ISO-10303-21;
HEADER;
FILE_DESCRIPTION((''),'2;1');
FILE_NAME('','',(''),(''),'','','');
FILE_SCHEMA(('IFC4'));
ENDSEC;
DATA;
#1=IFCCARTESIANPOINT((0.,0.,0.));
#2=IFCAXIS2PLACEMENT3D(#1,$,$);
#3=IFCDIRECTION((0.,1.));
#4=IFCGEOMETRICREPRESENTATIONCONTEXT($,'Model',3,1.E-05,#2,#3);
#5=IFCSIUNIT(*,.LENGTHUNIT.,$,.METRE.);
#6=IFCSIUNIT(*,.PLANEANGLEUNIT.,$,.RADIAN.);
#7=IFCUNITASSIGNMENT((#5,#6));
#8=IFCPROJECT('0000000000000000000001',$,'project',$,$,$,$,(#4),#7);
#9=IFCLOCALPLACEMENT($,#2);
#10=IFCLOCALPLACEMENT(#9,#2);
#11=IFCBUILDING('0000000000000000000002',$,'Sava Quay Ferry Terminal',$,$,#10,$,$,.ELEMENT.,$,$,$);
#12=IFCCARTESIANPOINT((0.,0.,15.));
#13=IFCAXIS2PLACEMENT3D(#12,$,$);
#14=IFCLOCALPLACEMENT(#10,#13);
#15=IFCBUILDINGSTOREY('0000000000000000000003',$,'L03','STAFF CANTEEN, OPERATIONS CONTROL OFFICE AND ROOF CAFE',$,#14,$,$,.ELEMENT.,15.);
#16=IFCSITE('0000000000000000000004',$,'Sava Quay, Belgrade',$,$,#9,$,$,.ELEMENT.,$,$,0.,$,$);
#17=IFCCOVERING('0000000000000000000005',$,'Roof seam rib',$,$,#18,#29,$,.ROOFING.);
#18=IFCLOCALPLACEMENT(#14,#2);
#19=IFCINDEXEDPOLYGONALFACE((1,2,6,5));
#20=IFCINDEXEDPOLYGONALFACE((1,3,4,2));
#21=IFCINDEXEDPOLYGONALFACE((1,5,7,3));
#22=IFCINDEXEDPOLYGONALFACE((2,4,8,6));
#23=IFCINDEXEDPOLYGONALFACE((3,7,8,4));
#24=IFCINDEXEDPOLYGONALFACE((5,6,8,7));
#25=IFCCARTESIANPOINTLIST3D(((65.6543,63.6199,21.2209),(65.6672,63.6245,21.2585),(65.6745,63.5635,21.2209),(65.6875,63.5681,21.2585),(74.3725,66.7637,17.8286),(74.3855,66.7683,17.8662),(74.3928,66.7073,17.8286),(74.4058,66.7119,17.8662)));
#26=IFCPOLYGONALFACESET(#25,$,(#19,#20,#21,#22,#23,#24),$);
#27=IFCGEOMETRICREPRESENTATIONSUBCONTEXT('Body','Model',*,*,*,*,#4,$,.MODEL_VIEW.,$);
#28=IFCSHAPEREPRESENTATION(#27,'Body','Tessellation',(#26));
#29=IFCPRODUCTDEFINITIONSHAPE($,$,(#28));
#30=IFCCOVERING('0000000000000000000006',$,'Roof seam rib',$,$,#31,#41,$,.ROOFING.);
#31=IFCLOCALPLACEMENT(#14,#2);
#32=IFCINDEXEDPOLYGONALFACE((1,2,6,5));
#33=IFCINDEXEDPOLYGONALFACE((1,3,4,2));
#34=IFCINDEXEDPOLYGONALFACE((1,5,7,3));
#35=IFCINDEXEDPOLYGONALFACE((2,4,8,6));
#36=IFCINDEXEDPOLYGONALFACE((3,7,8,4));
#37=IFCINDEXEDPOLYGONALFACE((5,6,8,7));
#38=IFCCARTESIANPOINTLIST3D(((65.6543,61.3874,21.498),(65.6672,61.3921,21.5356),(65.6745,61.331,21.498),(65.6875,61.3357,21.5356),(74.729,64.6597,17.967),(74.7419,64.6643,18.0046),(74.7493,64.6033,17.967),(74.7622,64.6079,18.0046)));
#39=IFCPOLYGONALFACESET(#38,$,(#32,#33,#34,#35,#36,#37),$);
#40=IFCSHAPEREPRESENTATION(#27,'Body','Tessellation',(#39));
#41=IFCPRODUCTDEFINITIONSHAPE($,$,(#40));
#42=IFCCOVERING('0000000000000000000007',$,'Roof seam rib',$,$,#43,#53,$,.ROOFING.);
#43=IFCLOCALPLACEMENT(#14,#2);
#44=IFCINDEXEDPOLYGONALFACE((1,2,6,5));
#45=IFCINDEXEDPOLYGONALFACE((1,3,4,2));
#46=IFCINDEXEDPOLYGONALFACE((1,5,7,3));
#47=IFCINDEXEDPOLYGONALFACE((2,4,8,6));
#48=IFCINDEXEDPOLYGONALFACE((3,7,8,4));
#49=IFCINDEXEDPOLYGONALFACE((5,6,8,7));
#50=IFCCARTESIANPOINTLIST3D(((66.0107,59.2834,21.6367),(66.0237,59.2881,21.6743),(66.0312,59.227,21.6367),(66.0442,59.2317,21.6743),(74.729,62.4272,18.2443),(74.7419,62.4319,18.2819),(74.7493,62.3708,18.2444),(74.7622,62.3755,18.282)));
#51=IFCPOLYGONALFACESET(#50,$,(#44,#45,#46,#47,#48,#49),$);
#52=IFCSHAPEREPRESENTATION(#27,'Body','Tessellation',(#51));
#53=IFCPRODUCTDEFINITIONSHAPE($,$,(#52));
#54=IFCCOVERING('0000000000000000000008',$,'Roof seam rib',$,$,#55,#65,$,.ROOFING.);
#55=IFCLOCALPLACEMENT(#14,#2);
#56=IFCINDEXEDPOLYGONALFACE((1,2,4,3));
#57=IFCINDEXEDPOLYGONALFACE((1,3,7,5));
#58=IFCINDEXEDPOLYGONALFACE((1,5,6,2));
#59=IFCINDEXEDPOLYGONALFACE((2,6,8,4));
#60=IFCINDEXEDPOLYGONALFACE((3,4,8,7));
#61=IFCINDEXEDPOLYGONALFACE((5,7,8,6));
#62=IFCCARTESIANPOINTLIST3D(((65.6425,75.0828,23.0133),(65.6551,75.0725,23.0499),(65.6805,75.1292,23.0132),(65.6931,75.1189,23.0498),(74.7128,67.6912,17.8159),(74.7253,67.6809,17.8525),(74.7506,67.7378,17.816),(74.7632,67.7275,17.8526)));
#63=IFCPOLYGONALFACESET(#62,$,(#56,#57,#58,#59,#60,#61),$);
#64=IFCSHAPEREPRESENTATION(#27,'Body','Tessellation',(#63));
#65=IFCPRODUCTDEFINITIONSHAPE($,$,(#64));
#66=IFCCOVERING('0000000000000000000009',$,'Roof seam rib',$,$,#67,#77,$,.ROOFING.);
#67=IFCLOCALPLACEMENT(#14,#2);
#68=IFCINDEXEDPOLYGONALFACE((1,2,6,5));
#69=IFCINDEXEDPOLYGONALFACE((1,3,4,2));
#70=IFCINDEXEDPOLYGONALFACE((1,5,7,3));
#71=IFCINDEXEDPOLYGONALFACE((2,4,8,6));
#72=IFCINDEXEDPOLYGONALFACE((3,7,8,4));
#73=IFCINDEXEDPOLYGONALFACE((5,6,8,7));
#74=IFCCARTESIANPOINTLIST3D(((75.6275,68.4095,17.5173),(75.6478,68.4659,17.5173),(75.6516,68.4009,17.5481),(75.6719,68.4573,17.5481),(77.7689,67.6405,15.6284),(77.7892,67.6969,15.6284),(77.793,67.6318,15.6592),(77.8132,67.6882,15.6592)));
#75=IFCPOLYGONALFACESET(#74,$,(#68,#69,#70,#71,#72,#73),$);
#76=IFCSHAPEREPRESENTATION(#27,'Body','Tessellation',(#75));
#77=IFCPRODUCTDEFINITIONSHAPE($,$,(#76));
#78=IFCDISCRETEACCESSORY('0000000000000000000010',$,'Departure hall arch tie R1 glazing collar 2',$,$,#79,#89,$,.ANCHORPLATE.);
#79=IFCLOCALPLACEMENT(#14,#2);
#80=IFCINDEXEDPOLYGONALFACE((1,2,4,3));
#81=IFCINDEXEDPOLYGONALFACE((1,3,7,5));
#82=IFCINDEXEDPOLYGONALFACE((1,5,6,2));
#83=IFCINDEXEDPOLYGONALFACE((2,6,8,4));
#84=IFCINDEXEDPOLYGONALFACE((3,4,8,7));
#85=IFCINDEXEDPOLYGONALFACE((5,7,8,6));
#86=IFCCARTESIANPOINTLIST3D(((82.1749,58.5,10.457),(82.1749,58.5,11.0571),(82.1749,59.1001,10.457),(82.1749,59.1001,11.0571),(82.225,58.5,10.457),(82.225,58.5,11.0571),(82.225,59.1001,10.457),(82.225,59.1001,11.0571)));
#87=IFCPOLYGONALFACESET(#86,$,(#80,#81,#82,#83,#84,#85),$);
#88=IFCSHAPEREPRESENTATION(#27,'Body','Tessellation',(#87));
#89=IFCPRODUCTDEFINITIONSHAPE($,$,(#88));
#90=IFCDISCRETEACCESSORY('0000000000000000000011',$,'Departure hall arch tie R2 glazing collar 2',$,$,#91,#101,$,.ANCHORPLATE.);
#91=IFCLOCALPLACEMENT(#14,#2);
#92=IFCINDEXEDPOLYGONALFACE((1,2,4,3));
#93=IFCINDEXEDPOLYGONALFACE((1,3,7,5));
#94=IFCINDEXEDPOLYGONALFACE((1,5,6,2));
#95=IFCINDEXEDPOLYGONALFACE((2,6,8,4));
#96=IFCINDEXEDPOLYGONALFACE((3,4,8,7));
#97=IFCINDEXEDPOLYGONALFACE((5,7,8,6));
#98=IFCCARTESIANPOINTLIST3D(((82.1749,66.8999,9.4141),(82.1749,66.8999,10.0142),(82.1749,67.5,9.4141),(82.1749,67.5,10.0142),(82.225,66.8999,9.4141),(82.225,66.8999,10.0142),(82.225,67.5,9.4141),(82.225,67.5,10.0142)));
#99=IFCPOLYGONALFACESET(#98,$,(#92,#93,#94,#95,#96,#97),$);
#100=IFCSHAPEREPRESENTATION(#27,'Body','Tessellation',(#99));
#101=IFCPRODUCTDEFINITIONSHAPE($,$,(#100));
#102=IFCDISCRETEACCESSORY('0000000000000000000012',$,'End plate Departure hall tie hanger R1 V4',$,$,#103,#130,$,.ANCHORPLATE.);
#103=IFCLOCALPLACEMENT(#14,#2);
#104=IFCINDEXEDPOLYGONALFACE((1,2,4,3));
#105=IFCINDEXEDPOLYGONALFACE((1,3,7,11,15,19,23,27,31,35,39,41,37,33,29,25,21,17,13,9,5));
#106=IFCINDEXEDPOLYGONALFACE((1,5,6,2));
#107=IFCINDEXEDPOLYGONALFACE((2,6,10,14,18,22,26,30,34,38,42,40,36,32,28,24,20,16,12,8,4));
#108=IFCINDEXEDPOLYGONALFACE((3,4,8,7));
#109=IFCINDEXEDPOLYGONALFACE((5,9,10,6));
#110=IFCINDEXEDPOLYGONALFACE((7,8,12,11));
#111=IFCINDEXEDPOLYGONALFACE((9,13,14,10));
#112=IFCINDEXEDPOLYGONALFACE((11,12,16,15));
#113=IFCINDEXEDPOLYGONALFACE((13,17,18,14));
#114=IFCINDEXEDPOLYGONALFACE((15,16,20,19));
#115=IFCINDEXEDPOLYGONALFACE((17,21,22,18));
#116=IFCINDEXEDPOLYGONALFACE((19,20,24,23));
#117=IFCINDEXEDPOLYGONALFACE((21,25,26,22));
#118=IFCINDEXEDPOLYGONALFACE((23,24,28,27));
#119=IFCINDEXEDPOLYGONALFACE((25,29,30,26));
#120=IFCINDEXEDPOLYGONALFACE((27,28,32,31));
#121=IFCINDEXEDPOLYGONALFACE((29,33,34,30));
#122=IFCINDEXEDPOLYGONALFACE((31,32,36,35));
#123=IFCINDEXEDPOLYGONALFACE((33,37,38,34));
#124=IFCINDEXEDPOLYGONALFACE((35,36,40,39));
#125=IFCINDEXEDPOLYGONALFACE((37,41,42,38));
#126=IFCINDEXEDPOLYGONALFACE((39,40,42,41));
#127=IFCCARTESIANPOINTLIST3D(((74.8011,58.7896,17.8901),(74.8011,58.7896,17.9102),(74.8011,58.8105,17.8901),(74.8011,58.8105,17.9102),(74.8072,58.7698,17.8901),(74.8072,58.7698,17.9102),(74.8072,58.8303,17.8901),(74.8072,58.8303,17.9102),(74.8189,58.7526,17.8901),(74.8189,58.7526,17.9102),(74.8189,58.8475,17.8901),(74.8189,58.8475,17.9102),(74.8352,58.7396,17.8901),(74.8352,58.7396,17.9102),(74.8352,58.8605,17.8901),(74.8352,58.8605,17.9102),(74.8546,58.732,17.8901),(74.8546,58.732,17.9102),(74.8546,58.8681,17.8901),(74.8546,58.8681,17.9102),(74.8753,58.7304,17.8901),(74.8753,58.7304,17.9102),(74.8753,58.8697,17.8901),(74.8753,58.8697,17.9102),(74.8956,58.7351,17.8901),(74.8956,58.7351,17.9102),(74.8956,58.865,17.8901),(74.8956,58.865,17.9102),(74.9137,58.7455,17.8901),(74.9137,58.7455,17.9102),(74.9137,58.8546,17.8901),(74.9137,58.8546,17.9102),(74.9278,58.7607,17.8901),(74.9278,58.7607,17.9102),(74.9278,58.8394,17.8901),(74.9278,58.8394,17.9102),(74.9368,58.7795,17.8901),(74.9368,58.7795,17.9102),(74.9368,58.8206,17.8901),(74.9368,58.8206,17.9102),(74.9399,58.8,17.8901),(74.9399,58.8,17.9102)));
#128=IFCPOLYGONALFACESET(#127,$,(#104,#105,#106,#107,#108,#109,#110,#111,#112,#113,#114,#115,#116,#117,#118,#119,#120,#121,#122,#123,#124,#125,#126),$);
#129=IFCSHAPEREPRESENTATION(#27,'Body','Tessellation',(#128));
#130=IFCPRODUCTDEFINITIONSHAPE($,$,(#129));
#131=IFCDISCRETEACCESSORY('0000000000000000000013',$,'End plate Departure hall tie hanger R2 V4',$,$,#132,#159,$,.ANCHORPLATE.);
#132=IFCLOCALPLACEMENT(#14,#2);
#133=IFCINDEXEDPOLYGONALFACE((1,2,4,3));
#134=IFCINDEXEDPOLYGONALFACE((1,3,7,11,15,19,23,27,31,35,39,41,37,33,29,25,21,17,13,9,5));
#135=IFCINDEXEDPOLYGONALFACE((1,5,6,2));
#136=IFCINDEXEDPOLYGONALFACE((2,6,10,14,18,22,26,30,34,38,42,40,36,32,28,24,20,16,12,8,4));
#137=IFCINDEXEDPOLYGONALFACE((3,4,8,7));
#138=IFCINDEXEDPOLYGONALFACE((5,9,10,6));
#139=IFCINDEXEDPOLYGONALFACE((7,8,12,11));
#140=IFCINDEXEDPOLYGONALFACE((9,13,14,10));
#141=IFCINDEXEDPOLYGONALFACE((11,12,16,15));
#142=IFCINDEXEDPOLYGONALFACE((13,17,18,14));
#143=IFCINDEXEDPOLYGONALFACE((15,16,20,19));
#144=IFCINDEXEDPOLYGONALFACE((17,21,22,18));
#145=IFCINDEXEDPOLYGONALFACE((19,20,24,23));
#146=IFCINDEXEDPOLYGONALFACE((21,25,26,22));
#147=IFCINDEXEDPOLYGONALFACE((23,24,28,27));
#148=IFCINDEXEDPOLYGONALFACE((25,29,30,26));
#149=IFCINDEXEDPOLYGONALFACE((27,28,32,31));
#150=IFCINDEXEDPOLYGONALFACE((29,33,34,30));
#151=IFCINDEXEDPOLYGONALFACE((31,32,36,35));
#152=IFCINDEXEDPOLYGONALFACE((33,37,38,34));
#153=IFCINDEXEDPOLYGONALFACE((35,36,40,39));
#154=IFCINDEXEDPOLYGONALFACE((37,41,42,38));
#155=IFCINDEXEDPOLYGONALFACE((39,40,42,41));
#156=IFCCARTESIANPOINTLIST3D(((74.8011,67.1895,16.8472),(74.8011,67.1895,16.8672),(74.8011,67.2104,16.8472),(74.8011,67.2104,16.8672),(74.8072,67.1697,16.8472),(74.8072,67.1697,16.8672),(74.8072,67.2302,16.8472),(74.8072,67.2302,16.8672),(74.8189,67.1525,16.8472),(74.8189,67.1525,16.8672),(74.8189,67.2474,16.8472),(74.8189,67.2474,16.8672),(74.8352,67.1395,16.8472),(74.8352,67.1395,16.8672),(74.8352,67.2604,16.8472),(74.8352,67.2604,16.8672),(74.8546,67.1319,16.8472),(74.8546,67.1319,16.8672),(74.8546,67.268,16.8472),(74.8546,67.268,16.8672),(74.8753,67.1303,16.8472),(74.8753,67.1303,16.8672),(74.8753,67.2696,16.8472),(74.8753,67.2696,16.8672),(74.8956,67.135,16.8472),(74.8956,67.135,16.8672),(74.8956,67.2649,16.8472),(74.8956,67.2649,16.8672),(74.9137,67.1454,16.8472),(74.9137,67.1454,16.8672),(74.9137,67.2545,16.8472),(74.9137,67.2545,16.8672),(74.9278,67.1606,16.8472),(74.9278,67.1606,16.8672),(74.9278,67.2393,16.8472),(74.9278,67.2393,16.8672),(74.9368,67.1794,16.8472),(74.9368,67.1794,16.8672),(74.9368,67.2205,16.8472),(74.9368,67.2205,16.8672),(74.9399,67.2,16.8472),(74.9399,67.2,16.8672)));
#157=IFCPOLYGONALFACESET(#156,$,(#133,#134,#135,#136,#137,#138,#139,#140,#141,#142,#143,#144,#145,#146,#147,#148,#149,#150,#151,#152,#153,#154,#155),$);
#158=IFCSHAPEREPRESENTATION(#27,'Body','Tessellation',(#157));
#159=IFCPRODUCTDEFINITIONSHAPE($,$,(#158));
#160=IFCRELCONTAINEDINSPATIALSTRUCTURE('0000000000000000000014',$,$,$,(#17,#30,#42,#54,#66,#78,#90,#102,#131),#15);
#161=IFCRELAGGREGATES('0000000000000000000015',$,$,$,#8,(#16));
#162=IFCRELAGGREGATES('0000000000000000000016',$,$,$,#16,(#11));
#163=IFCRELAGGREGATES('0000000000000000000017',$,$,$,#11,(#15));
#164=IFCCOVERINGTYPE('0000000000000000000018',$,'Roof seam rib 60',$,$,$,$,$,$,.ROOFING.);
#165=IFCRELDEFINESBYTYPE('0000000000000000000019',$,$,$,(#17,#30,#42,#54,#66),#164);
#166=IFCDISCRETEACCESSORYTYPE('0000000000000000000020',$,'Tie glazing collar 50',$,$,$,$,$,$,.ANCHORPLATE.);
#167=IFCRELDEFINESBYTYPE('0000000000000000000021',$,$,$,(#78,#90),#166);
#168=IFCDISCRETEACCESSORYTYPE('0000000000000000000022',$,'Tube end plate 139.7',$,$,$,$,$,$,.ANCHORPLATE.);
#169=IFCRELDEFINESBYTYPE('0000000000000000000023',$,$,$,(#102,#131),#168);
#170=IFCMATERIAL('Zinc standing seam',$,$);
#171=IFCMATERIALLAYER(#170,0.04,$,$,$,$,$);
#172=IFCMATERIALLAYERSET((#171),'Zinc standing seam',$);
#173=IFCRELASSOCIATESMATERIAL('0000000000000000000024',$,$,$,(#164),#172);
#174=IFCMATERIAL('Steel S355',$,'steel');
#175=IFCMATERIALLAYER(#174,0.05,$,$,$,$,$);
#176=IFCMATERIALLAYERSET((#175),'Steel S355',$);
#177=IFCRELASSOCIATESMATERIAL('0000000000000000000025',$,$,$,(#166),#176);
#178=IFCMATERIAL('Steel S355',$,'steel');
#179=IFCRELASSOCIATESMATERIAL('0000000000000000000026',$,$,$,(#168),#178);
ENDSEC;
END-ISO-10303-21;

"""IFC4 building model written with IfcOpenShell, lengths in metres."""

from ifc_helpers import new_model, si_unit, direction, frame, origin, origin_2d, place, context, subcontext, project, spatial, polyline, rectangle, circle, outline, extrude, material, layer, layer_set, material_profile, profile_set, type_object, element, save


model = new_model("IFC4")

# Units and contexts
model_context = context("Model", 3, precision=1e-05, world=origin(), true_north=direction((0.0, 1.0)))
body_context = subcontext(model_context, "Body", "Model", "MODEL_VIEW")
ifc_project = project(units=[si_unit("LENGTHUNIT", "METRE"), si_unit("PLANEANGLEUNIT", "RADIAN")], contexts=[model_context])

# Site, building, storey
site_placement = place(None, origin())
site = spatial("IfcSite", under=ifc_project, at=site_placement, Name="Sava Quay, Belgrade", CompositionType="ELEMENT", RefElevation=0.0)
building_placement = place(site_placement, origin())
building = spatial("IfcBuilding", under=site, at=building_placement, Name="Sava Quay Ferry Terminal", CompositionType="ELEMENT")
storey_placement = place(building_placement, frame((0.0, 0.0, 15.0)))
storey = spatial("IfcBuildingStorey", under=building, at=storey_placement, Name="L03", Description="STAFF CANTEEN, OPERATIONS CONTROL OFFICE AND ROOF CAFE", CompositionType="ELEMENT", Elevation=15.0)

# Coverings
ifc_material_1 = material(Name="Zinc standing seam")
ifc_layer_1 = layer(ifc_material_1, 0.04)
ifc_layer_set_1 = layer_set([ifc_layer_1], Name="Zinc standing seam")
covering_type_1 = type_object("IfcCoveringType", Name="Roof seam rib 60", PredefinedType="ROOFING", material=ifc_layer_set_1)
covering_1_placement = place(storey_placement, frame((74.4058, 66.7119, 17.8662), z_axis=(0.323485, 0.11623, 0.939068), x_axis=(-0.883388, -0.318549, 0.343732)))
element("IfcCovering", 1, at=covering_1_placement, inside=storey, type_object=covering_type_1, Name="Roof seam rib", PredefinedType="ROOFING", context=body_context, shape_type="SweptSolid", body=[
    extrude(outline(polyline([(0.0, 0.0), (9.8691, 0.0), (9.8691, -0.0599), (-0.0001, -0.0599), (0.0, 0.0)])), origin(), (0.0, 0.0, -1.0), 0.04),
])
covering_2_placement = place(storey_placement, frame((74.7622, 64.6079, 18.0046), z_axis=(0.323484, 0.11623, 0.939068), x_axis=(-0.883392, -0.318539, 0.343731)))
element("IfcCovering", 2, at=covering_2_placement, inside=storey, type_object=covering_type_1, Name="Roof seam rib", PredefinedType="ROOFING", context=body_context, shape_type="SweptSolid", body=[
    extrude(outline(polyline([(0.0, 0.0), (10.2726, 0.0), (10.2725, -0.0599), (-0.0001, -0.0599), (0.0, 0.0)])), origin(), (0.0, 0.0, -1.0), 0.04),
])
covering_3_placement = place(storey_placement, frame((74.7622, 62.3755, 18.282), z_axis=(0.323265, 0.116851, 0.939066), x_axis=(-0.883384, -0.318557, 0.343736)))
element("IfcCovering", 3, at=covering_3_placement, inside=storey, type_object=covering_type_1, Name="Roof seam rib", PredefinedType="ROOFING", context=body_context, shape_type="SweptSolid", body=[
    extrude(outline(polyline([(0.0, 0.0), (9.8689, 0.0), (9.8691, -0.06), (-0.0001, -0.0599), (0.0, 0.0)])), origin(), (0.0, 0.0, -1.0), 0.04),
])
covering_4_placement = place(storey_placement, frame((74.7253, 67.6809, 17.8525), z_axis=(0.314478, -0.2567, 0.913898), x_axis=(-0.708448, 0.57733, 0.405945)))
element("IfcCovering", 4, at=covering_4_placement, inside=storey, type_object=covering_type_1, Name="Roof seam rib", PredefinedType="ROOFING", context=body_context, shape_type="SweptSolid", body=[
    extrude(outline(polyline([(0.0, 0.0), (12.803, 0.0), (12.8028, -0.06), (0.0001, -0.0601), (0.0, 0.0)])), origin(), (0.0, 0.0, -1.0), 0.04),
])
covering_5_placement = place(storey_placement, frame((77.793, 67.6318, 15.6592), z_axis=(0.601132, -0.215991, 0.769407), x_axis=(-0.724124, 0.260061, 0.638758)))
element("IfcCovering", 5, at=covering_5_placement, inside=storey, type_object=covering_type_1, Name="Roof seam rib", PredefinedType="ROOFING", context=body_context, shape_type="SweptSolid", body=[
    extrude(outline(polyline([(0.0, 0.0), (2.9572, 0.0), (2.9572, -0.0599), (0.0, -0.0599), (0.0, 0.0)])), origin(), (0.0, 0.0, -1.0), 0.04),
])

# Discrete accessories
ifc_material_2 = material(Name="Steel S355", Category="steel")
ifc_layer_2 = layer(ifc_material_2, 0.05)
ifc_layer_set_2 = layer_set([ifc_layer_2], Name="Steel S355")
discrete_accessory_type_1 = type_object("IfcDiscreteAccessoryType", Name="Tie glazing collar 50", PredefinedType="ANCHORPLATE", material=ifc_layer_set_2)
for number, where, z_axis, x_axis, name in (
    (6, (82.2, 58.8, 10.457), (0.0, 0.0, 1.0), (1.0, 0.0, 0.0), "Departure hall arch tie R1 glazing collar 2"),
    (7, (82.2, 67.2, 9.4141), (0.0, 0.0, 1.0), (1.0, 0.0, 0.0), "Departure hall arch tie R2 glazing collar 2"),
):
    element("IfcDiscreteAccessory", number, at=place(storey_placement, frame(where, z_axis=z_axis, x_axis=x_axis)), inside=storey, type_object=discrete_accessory_type_1, Name=name, PredefinedType="ANCHORPLATE", context=body_context, shape_type="SweptSolid", body=[
        extrude(rectangle(XDim=0.05, YDim=0.6001, at=origin_2d()), origin(), (0.0, 0.0, 1.0), 0.6001),
    ])
ifc_material_3 = material(Name="Steel S355", Category="steel")
ifc_material_profile_1 = material_profile(ifc_material_3, circle(Radius=0.0698, at=origin_2d()), Name="Plate 139.7 dia x 20")
ifc_profile_set_1 = profile_set([ifc_material_profile_1], Name="Steel S355")
discrete_accessory_type_2 = type_object("IfcDiscreteAccessoryType", Name="Tube end plate 139.7", PredefinedType="ANCHORPLATE", material=ifc_profile_set_1)
for number, where, z_axis, x_axis, name in (
    (8, (74.8701, 58.8, 17.8901), (0.0, 0.0, 1.0), (1.0, 0.0, 0.0), "End plate Departure hall tie hanger R1 V4"),
    (9, (74.8701, 67.2, 16.8472), (0.0, 0.0, 1.0), (1.0, 0.0, 0.0), "End plate Departure hall tie hanger R2 V4"),
):
    element("IfcDiscreteAccessory", number, at=place(storey_placement, frame(where, z_axis=z_axis, x_axis=x_axis)), inside=storey, type_object=discrete_accessory_type_2, Name=name, PredefinedType="ANCHORPLATE", context=body_context, shape_type="SweptSolid", body=[
        extrude(circle(Radius=0.0698, at=origin_2d()), origin(), (0.0, 0.0, 1.0), 0.02),
    ])

save(model, "model.ifc")
